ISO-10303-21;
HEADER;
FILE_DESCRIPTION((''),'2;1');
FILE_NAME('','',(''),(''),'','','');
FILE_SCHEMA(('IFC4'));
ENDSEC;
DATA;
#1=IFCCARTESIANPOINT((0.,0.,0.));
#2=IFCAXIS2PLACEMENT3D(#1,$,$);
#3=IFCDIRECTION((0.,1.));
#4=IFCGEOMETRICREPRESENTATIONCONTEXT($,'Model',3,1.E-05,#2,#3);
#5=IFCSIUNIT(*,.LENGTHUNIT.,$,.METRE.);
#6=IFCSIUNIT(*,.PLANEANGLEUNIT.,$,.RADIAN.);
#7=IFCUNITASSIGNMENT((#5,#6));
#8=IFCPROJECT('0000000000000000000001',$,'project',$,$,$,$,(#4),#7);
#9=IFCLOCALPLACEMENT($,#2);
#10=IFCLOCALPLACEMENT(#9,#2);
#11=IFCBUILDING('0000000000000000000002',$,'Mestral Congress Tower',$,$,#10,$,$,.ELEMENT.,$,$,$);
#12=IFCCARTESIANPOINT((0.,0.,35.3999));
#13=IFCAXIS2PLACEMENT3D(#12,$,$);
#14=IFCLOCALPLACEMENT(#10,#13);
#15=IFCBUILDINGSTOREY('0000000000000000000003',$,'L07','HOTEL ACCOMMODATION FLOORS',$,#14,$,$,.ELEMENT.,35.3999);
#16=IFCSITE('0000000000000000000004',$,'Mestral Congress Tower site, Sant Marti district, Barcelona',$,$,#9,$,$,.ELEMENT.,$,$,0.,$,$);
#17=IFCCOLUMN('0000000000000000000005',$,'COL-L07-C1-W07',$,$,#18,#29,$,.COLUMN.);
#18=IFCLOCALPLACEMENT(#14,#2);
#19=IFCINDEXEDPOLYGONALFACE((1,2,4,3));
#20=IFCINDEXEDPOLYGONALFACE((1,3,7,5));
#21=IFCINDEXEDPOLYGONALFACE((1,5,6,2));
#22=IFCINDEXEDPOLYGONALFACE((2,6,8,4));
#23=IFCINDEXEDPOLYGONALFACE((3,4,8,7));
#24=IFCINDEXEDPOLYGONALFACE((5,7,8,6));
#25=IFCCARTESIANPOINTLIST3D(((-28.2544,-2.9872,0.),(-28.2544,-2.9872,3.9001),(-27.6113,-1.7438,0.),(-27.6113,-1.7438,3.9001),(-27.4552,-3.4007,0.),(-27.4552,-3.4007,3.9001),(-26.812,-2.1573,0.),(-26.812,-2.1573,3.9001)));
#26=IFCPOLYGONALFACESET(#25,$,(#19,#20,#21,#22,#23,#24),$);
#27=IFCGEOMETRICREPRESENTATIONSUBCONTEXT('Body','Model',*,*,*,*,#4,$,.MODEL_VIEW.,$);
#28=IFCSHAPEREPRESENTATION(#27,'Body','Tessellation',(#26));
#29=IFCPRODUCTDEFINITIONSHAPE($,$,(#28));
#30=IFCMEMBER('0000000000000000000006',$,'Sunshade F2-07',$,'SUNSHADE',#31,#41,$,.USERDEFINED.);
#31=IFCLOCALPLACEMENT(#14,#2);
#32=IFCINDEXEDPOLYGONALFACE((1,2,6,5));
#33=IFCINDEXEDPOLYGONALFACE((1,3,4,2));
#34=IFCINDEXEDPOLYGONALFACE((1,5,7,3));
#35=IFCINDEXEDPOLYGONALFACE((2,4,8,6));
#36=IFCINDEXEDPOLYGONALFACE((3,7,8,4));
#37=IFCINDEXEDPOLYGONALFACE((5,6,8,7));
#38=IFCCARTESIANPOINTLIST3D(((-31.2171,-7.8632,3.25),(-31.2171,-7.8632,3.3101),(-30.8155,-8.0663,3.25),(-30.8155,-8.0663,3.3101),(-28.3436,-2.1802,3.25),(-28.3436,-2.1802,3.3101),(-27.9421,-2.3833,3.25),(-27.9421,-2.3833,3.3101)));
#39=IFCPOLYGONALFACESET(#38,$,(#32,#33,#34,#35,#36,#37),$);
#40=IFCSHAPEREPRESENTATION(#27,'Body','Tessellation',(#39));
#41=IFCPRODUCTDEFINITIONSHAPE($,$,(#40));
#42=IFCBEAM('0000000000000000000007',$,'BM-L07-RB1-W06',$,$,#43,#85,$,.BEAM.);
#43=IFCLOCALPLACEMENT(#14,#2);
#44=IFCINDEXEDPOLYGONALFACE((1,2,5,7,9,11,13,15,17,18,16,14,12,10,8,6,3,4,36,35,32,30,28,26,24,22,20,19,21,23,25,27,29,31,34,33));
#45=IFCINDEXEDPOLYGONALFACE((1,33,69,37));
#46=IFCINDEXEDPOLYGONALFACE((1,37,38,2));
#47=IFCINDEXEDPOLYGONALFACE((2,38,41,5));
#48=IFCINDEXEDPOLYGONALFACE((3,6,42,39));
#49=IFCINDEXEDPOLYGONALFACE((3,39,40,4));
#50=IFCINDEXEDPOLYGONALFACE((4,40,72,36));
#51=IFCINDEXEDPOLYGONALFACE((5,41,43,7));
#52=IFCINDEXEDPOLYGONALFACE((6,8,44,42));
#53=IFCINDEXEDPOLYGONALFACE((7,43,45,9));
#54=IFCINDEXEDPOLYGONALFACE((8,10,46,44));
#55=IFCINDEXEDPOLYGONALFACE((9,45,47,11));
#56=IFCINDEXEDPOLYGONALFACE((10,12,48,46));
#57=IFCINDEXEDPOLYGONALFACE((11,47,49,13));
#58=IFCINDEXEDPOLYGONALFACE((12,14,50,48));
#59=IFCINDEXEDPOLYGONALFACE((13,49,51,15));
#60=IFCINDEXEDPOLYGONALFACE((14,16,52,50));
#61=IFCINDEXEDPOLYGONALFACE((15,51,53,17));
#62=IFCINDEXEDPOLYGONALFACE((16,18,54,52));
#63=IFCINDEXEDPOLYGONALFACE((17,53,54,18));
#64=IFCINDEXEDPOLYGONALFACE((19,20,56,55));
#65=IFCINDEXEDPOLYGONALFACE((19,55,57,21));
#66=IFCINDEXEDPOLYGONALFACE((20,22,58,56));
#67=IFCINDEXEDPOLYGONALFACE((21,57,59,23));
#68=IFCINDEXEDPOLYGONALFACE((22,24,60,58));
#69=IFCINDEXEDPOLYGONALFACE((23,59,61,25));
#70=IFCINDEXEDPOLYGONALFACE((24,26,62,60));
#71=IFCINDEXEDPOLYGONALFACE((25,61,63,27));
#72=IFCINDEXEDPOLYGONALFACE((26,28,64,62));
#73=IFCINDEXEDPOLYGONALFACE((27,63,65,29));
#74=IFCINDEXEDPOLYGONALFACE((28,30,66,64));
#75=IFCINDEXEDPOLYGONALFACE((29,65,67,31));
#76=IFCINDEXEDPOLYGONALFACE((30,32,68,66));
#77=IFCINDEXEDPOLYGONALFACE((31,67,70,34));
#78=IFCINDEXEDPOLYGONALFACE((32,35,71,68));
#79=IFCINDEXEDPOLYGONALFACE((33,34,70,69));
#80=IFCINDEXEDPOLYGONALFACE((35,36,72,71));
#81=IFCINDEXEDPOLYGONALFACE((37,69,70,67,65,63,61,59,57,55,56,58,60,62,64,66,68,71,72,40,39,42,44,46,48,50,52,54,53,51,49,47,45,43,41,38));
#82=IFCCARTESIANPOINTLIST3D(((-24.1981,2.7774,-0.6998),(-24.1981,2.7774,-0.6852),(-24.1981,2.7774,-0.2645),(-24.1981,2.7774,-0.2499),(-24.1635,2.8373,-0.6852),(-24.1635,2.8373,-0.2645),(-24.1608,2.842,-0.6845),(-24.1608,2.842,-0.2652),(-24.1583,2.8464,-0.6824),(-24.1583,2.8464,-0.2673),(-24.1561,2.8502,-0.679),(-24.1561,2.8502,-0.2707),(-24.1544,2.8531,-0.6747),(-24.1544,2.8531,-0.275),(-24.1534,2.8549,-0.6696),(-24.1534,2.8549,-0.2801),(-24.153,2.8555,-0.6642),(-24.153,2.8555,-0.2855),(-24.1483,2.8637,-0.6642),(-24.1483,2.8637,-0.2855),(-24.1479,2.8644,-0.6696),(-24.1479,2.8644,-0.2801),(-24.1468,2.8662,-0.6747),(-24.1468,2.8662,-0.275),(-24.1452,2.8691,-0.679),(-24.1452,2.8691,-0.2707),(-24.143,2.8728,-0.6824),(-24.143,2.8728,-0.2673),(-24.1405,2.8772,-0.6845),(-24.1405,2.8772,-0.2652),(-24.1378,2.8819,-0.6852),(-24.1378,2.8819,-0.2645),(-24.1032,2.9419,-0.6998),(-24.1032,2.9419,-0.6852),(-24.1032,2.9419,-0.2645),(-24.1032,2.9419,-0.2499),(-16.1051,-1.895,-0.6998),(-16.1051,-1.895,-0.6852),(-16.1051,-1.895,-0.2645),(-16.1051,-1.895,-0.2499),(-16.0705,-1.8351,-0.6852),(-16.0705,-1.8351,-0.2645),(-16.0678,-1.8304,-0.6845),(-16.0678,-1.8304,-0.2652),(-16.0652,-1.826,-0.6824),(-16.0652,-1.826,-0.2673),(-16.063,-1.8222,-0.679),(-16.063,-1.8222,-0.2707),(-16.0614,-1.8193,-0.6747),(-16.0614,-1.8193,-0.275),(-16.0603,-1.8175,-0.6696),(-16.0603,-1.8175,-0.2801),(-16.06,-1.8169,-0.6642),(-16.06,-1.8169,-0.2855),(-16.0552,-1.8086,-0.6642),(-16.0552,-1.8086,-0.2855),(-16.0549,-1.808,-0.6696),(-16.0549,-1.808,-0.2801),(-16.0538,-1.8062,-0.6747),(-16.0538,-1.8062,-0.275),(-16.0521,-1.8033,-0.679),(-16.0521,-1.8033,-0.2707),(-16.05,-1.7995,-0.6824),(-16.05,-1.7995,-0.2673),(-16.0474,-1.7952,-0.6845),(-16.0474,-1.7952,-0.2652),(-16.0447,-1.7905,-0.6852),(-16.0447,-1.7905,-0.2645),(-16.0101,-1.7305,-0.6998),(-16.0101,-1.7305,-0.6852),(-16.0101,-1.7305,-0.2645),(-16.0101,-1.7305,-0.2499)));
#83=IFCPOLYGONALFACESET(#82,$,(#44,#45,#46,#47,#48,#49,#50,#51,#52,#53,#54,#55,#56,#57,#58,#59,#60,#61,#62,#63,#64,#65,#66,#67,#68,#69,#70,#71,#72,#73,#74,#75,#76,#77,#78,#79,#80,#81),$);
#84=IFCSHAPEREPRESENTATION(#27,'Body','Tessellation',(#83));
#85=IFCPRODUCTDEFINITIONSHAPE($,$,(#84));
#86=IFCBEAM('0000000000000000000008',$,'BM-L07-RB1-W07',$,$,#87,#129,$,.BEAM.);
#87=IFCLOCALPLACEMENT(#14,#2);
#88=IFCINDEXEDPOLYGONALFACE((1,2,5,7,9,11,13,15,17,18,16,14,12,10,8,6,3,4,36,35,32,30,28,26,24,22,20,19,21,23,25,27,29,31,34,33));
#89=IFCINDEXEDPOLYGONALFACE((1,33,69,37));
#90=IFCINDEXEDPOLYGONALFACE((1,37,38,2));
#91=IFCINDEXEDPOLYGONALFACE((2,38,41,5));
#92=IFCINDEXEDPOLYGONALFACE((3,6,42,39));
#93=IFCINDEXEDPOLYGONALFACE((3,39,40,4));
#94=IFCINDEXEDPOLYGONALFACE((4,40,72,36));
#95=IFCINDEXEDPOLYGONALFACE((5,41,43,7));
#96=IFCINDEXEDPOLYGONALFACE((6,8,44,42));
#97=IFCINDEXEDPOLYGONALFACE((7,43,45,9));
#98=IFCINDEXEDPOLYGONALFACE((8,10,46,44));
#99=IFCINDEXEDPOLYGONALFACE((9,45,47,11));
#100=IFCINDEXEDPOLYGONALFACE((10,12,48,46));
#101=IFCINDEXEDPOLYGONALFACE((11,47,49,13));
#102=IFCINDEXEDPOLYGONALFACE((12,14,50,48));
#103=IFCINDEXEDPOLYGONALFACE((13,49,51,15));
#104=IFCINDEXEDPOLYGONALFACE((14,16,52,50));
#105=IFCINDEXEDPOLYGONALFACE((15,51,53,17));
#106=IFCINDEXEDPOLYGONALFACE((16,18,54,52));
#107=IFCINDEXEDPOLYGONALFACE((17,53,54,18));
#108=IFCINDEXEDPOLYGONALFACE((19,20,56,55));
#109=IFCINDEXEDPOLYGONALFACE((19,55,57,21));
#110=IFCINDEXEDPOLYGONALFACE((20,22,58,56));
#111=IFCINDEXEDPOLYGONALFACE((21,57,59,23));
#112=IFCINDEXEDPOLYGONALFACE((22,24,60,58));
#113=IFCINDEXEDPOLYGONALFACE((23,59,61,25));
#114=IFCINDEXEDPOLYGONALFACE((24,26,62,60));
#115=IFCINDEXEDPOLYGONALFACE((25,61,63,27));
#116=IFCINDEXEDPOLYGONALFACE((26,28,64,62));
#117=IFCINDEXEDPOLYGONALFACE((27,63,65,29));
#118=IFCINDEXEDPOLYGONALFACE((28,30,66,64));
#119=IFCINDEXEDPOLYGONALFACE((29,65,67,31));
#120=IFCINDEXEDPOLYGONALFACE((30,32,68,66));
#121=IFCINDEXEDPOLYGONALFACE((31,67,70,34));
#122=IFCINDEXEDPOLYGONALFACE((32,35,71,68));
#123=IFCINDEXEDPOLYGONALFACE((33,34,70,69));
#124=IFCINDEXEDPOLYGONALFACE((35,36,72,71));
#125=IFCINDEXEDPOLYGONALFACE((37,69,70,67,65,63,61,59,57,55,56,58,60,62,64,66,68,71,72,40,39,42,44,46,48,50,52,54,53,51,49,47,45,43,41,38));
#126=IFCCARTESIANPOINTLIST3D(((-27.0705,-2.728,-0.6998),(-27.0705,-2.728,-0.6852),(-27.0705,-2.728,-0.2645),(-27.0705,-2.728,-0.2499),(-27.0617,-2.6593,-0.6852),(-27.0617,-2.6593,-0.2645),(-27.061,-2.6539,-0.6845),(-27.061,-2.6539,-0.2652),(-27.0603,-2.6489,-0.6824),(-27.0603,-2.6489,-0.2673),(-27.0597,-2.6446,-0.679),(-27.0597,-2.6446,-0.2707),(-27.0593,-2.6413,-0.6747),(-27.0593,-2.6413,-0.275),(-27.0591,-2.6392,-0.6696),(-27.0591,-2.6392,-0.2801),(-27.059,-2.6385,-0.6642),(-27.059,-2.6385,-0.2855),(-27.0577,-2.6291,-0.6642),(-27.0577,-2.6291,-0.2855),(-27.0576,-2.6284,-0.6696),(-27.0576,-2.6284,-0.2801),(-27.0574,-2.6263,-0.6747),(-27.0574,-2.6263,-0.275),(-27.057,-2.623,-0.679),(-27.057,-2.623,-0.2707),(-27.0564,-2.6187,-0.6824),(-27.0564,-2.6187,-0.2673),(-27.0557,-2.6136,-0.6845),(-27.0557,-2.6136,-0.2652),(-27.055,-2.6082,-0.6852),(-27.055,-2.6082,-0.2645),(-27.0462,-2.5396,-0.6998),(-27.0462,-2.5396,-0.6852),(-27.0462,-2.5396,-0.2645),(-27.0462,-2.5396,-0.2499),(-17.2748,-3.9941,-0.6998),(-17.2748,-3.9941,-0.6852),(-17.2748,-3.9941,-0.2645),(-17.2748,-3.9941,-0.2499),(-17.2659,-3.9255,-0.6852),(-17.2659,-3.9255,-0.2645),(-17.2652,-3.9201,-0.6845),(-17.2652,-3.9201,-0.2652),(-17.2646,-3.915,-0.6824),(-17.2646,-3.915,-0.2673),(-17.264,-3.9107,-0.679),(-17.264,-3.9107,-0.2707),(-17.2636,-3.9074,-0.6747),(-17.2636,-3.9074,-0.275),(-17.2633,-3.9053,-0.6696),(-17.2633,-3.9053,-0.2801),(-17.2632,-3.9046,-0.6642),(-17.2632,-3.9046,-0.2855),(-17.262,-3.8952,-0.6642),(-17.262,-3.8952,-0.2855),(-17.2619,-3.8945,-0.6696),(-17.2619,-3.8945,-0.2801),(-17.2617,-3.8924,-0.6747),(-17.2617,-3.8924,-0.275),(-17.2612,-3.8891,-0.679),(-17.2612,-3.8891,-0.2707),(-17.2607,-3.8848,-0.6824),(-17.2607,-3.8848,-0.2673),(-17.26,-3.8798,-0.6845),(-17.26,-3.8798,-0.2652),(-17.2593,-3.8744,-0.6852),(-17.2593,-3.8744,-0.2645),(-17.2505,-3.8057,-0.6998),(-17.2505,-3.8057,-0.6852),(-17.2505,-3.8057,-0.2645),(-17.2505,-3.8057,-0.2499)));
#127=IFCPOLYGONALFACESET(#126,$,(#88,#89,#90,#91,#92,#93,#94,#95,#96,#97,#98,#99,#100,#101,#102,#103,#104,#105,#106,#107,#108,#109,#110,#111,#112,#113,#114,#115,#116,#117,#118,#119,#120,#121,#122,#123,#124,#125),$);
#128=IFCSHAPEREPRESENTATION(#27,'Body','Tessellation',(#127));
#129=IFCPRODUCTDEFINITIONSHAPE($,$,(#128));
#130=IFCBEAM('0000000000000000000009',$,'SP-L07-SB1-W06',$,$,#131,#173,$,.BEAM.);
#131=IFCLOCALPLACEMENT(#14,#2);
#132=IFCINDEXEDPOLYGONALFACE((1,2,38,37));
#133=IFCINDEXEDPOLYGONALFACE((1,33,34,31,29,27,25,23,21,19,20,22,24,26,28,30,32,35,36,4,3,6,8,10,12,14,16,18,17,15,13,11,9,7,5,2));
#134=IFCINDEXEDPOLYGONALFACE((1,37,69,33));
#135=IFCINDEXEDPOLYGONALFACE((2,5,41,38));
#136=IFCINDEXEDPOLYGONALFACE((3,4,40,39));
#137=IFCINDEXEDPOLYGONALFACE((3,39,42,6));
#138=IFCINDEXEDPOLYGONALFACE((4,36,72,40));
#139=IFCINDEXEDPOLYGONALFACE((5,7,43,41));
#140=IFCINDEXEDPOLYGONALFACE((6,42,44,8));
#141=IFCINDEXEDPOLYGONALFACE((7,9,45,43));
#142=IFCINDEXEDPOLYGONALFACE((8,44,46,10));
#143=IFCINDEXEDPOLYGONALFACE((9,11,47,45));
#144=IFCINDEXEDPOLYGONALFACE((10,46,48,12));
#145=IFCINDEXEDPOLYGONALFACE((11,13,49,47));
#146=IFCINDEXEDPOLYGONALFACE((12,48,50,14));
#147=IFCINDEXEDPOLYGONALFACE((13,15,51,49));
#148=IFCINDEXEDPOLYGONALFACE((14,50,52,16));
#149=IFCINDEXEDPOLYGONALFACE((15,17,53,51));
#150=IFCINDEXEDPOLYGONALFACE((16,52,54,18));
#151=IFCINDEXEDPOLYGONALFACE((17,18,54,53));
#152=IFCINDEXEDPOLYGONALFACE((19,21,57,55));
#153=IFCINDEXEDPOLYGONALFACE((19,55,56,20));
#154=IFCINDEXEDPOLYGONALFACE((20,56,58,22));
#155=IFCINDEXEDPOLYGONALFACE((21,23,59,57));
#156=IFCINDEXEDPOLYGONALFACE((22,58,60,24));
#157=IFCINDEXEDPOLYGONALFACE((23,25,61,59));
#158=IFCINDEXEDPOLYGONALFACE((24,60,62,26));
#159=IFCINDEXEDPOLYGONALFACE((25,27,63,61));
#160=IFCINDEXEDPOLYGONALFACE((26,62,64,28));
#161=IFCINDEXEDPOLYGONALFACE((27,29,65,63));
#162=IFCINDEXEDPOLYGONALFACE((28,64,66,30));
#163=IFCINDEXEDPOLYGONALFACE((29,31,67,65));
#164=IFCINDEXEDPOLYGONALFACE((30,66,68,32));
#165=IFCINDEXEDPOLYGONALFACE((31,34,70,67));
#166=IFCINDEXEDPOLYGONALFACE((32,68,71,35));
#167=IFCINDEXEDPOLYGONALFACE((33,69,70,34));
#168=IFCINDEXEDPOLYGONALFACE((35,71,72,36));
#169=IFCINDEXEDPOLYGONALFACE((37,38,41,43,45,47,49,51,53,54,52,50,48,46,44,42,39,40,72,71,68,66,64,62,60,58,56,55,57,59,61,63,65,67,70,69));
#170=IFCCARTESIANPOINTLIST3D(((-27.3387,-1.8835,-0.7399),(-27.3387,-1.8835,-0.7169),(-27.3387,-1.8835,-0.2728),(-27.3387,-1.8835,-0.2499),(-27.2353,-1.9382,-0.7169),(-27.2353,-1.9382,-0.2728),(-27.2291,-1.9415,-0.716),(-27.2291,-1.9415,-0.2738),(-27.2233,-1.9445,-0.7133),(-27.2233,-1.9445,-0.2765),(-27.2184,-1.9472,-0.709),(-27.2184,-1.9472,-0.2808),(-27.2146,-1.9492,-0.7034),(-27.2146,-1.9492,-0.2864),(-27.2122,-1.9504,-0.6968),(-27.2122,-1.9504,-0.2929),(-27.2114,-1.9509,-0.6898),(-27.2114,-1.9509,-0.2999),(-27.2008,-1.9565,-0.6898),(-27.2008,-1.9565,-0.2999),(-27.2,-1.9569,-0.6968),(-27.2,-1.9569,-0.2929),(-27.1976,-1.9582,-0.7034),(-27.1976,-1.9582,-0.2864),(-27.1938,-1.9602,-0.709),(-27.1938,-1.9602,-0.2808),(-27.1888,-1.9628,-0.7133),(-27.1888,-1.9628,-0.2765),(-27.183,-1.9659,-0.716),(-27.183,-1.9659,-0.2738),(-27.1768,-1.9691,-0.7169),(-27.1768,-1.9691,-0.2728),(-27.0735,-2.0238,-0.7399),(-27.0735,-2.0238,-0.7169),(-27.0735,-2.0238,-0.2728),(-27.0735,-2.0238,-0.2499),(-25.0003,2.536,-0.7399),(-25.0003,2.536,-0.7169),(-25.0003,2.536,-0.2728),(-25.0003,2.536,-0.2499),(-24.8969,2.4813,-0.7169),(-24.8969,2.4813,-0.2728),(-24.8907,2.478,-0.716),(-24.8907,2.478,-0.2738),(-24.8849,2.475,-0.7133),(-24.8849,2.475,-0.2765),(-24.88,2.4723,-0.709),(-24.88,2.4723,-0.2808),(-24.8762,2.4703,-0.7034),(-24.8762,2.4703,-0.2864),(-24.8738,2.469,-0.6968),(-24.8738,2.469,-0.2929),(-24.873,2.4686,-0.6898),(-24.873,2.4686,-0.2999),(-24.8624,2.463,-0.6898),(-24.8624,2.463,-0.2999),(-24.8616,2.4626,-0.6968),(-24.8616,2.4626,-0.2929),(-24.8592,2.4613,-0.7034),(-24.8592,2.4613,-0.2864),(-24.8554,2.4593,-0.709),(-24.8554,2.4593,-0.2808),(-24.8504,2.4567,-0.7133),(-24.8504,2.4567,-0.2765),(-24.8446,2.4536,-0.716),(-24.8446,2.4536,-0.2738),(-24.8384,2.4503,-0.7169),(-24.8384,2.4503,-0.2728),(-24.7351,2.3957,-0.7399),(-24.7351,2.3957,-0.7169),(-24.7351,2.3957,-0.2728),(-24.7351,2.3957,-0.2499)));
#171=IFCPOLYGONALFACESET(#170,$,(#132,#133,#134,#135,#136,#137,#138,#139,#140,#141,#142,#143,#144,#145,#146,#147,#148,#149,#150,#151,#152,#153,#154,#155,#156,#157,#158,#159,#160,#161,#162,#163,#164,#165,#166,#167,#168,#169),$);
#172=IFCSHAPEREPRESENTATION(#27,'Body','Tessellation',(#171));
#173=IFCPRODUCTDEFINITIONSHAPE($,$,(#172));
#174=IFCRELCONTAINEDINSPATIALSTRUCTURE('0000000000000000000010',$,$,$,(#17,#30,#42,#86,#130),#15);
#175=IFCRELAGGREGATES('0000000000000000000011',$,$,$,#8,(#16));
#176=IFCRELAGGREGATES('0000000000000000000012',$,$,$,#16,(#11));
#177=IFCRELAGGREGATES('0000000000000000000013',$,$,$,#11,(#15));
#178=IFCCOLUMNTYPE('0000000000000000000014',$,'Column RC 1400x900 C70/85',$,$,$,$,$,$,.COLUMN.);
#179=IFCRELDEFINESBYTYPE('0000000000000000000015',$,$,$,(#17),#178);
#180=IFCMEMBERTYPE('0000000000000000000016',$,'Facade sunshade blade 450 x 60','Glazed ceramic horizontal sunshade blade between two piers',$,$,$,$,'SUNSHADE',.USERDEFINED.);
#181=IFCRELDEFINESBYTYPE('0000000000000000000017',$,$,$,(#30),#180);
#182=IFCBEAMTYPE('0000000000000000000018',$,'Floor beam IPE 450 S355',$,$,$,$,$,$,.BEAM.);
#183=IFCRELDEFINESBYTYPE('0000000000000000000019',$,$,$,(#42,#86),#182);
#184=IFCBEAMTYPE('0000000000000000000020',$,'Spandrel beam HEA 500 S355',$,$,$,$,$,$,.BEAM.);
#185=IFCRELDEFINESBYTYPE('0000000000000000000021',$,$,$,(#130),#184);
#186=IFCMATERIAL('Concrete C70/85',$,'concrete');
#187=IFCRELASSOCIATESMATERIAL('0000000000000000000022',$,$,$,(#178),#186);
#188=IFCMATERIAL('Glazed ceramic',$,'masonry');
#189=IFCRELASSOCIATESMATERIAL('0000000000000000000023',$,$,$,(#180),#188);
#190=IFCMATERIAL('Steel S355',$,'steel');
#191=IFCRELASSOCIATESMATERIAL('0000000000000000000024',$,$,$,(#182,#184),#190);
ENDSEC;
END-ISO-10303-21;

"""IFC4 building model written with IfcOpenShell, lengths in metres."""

from ifc_helpers import new_model, si_unit, direction, frame, origin, origin_2d, place, context, subcontext, project, spatial, rectangle, i_section, extrude, material, material_profile, profile_set, type_object, element, save


model = new_model("IFC4")

# Units and contexts
model_context = context("Model", 3, precision=1e-05, world=origin(), true_north=direction((0.0, 1.0)))
body_context = subcontext(model_context, "Body", "Model", "MODEL_VIEW")
ifc_project = project(units=[si_unit("LENGTHUNIT", "METRE"), si_unit("PLANEANGLEUNIT", "RADIAN")], contexts=[model_context])

# Site, building, storey
site_placement = place(None, origin())
site = spatial("IfcSite", under=ifc_project, at=site_placement, Name="Mestral Congress Tower site, Sant Marti district, Barcelona", CompositionType="ELEMENT", RefElevation=0.0)
building_placement = place(site_placement, origin())
building = spatial("IfcBuilding", under=site, at=building_placement, Name="Mestral Congress Tower", CompositionType="ELEMENT")
storey_placement = place(building_placement, frame((0.0, 0.0, 35.3999)))
storey = spatial("IfcBuildingStorey", under=building, at=storey_placement, Name="L07", Description="HOTEL ACCOMMODATION FLOORS", CompositionType="ELEMENT", Elevation=35.3999)

# Column
ifc_material_1 = material(Name="Concrete C70/85", Category="concrete")
ifc_material_profile_1 = material_profile(ifc_material_1, rectangle(XDim=1.3999, YDim=0.8999, at=origin_2d()), Name="RC 1400x900")
ifc_profile_set_1 = profile_set([ifc_material_profile_1], Name="Concrete C70/85")
column_type = type_object("IfcColumnType", Name="Column RC 1400x900 C70/85", PredefinedType="COLUMN", material=ifc_profile_set_1)
column_placement = place(storey_placement, frame((-27.5332, -2.5723, 0.0), z_axis=(0.0, 0.0, 1.0), x_axis=(-0.459456, -0.888201, 0.0)))
element("IfcColumn", 1, at=column_placement, inside=storey, type_object=column_type, Name="COL-L07-C1-W07", PredefinedType="COLUMN", context=body_context, shape_type="SweptSolid", body=[
    extrude(rectangle(XDim=1.3999, YDim=0.8999, at=origin_2d()), origin(), (0.0, 0.0, 1.0), 3.9001),
])

# Member
ifc_material_2 = material(Name="Glazed ceramic", Category="masonry")
ifc_material_profile_2 = material_profile(ifc_material_2, rectangle(XDim=0.45, YDim=0.0601, at=origin_2d()), Name="Ceramic blade 450 x 60")
ifc_profile_set_2 = profile_set([ifc_material_profile_2], Name="Glazed ceramic")
member_type = type_object("IfcMemberType", Name="Facade sunshade blade 450 x 60", Description="Glazed ceramic horizontal sunshade blade between two piers", ElementType="SUNSHADE", PredefinedType="USERDEFINED", material=ifc_profile_set_2)
member_placement = place(storey_placement, frame((-28.1428, -2.2817, 3.28), z_axis=(-0.451227, -0.892409, 0.0), x_axis=(0.892409, -0.451227, 0.0)))
element("IfcMember", 2, at=member_placement, inside=storey, type_object=member_type, Name="Sunshade F2-07", ObjectType="SUNSHADE", PredefinedType="USERDEFINED", context=body_context, shape_type="SweptSolid", body=[
    extrude(rectangle(XDim=0.45, YDim=0.0601, at=origin_2d()), origin(), (0.0, 0.0, 1.0), 6.3682),
])

# Beams
ifc_material_3 = material(Name="Steel S355", Category="steel")
ifc_material_profile_3 = material_profile(ifc_material_3, i_section(OverallWidth=0.1899, OverallDepth=0.45, WebThickness=0.0095, FlangeThickness=0.0146, FilletRadius=0.021, at=origin_2d()), Name="IPE 450")
ifc_profile_set_3 = profile_set([ifc_material_profile_3], Name="Steel S355")
beam_type_1 = type_object("IfcBeamType", Name="Floor beam IPE 450 S355", PredefinedType="BEAM", material=ifc_profile_set_3)
beam_1_placement = place(storey_placement, frame((-24.1506, 2.8596, -0.4749), z_axis=(0.866032, -0.499989, 0.0), x_axis=(0.499989, 0.866032, 0.0)))
element("IfcBeam", 3, at=beam_1_placement, inside=storey, type_object=beam_type_1, Name="BM-L07-RB1-W06", PredefinedType="BEAM", context=body_context, shape_type="SweptSolid", body=[
    extrude(i_section(OverallWidth=0.1899, OverallDepth=0.45, WebThickness=0.0095, FlangeThickness=0.0146, FilletRadius=0.021, at=origin_2d()), origin(), (0.0, 0.0, 1.0), 9.345),
])
beam_2_placement = place(storey_placement, frame((-27.0583, -2.6338, -0.4749), z_axis=(0.99175, -0.128186, 0.0), x_axis=(0.128186, 0.99175, 0.0)))
element("IfcBeam", 4, at=beam_2_placement, inside=storey, type_object=beam_type_1, Name="BM-L07-RB1-W07", PredefinedType="BEAM", context=body_context, shape_type="SweptSolid", body=[
    extrude(i_section(OverallWidth=0.1899, OverallDepth=0.45, WebThickness=0.0095, FlangeThickness=0.0146, FilletRadius=0.021, at=origin_2d()), origin(), (0.0, 0.0, 1.0), 9.8772),
])
ifc_material_profile_4 = material_profile(ifc_material_3, i_section(OverallWidth=0.3, OverallDepth=0.49, WebThickness=0.012, FlangeThickness=0.0229, FilletRadius=0.0271, at=origin_2d()), Name="HEA 500")
ifc_profile_set_4 = profile_set([ifc_material_profile_4], Name="Steel S355")
beam_type_2 = type_object("IfcBeamType", Name="Spandrel beam HEA 500 S355", PredefinedType="BEAM", material=ifc_profile_set_4)
beam_3_placement = place(storey_placement, frame((-24.8677, 2.4658, -0.4949), z_axis=(-0.467681, -0.883897, 0.0), x_axis=(0.883897, -0.467681, 0.0)))
element("IfcBeam", 5, at=beam_3_placement, inside=storey, type_object=beam_type_2, Name="SP-L07-SB1-W06", PredefinedType="BEAM", context=body_context, shape_type="SweptSolid", body=[
    extrude(i_section(OverallWidth=0.3, OverallDepth=0.49, WebThickness=0.012, FlangeThickness=0.0229, FilletRadius=0.0271, at=origin_2d()), origin(), (0.0, 0.0, 1.0), 5.0),
])

save(model, "model.ifc")
